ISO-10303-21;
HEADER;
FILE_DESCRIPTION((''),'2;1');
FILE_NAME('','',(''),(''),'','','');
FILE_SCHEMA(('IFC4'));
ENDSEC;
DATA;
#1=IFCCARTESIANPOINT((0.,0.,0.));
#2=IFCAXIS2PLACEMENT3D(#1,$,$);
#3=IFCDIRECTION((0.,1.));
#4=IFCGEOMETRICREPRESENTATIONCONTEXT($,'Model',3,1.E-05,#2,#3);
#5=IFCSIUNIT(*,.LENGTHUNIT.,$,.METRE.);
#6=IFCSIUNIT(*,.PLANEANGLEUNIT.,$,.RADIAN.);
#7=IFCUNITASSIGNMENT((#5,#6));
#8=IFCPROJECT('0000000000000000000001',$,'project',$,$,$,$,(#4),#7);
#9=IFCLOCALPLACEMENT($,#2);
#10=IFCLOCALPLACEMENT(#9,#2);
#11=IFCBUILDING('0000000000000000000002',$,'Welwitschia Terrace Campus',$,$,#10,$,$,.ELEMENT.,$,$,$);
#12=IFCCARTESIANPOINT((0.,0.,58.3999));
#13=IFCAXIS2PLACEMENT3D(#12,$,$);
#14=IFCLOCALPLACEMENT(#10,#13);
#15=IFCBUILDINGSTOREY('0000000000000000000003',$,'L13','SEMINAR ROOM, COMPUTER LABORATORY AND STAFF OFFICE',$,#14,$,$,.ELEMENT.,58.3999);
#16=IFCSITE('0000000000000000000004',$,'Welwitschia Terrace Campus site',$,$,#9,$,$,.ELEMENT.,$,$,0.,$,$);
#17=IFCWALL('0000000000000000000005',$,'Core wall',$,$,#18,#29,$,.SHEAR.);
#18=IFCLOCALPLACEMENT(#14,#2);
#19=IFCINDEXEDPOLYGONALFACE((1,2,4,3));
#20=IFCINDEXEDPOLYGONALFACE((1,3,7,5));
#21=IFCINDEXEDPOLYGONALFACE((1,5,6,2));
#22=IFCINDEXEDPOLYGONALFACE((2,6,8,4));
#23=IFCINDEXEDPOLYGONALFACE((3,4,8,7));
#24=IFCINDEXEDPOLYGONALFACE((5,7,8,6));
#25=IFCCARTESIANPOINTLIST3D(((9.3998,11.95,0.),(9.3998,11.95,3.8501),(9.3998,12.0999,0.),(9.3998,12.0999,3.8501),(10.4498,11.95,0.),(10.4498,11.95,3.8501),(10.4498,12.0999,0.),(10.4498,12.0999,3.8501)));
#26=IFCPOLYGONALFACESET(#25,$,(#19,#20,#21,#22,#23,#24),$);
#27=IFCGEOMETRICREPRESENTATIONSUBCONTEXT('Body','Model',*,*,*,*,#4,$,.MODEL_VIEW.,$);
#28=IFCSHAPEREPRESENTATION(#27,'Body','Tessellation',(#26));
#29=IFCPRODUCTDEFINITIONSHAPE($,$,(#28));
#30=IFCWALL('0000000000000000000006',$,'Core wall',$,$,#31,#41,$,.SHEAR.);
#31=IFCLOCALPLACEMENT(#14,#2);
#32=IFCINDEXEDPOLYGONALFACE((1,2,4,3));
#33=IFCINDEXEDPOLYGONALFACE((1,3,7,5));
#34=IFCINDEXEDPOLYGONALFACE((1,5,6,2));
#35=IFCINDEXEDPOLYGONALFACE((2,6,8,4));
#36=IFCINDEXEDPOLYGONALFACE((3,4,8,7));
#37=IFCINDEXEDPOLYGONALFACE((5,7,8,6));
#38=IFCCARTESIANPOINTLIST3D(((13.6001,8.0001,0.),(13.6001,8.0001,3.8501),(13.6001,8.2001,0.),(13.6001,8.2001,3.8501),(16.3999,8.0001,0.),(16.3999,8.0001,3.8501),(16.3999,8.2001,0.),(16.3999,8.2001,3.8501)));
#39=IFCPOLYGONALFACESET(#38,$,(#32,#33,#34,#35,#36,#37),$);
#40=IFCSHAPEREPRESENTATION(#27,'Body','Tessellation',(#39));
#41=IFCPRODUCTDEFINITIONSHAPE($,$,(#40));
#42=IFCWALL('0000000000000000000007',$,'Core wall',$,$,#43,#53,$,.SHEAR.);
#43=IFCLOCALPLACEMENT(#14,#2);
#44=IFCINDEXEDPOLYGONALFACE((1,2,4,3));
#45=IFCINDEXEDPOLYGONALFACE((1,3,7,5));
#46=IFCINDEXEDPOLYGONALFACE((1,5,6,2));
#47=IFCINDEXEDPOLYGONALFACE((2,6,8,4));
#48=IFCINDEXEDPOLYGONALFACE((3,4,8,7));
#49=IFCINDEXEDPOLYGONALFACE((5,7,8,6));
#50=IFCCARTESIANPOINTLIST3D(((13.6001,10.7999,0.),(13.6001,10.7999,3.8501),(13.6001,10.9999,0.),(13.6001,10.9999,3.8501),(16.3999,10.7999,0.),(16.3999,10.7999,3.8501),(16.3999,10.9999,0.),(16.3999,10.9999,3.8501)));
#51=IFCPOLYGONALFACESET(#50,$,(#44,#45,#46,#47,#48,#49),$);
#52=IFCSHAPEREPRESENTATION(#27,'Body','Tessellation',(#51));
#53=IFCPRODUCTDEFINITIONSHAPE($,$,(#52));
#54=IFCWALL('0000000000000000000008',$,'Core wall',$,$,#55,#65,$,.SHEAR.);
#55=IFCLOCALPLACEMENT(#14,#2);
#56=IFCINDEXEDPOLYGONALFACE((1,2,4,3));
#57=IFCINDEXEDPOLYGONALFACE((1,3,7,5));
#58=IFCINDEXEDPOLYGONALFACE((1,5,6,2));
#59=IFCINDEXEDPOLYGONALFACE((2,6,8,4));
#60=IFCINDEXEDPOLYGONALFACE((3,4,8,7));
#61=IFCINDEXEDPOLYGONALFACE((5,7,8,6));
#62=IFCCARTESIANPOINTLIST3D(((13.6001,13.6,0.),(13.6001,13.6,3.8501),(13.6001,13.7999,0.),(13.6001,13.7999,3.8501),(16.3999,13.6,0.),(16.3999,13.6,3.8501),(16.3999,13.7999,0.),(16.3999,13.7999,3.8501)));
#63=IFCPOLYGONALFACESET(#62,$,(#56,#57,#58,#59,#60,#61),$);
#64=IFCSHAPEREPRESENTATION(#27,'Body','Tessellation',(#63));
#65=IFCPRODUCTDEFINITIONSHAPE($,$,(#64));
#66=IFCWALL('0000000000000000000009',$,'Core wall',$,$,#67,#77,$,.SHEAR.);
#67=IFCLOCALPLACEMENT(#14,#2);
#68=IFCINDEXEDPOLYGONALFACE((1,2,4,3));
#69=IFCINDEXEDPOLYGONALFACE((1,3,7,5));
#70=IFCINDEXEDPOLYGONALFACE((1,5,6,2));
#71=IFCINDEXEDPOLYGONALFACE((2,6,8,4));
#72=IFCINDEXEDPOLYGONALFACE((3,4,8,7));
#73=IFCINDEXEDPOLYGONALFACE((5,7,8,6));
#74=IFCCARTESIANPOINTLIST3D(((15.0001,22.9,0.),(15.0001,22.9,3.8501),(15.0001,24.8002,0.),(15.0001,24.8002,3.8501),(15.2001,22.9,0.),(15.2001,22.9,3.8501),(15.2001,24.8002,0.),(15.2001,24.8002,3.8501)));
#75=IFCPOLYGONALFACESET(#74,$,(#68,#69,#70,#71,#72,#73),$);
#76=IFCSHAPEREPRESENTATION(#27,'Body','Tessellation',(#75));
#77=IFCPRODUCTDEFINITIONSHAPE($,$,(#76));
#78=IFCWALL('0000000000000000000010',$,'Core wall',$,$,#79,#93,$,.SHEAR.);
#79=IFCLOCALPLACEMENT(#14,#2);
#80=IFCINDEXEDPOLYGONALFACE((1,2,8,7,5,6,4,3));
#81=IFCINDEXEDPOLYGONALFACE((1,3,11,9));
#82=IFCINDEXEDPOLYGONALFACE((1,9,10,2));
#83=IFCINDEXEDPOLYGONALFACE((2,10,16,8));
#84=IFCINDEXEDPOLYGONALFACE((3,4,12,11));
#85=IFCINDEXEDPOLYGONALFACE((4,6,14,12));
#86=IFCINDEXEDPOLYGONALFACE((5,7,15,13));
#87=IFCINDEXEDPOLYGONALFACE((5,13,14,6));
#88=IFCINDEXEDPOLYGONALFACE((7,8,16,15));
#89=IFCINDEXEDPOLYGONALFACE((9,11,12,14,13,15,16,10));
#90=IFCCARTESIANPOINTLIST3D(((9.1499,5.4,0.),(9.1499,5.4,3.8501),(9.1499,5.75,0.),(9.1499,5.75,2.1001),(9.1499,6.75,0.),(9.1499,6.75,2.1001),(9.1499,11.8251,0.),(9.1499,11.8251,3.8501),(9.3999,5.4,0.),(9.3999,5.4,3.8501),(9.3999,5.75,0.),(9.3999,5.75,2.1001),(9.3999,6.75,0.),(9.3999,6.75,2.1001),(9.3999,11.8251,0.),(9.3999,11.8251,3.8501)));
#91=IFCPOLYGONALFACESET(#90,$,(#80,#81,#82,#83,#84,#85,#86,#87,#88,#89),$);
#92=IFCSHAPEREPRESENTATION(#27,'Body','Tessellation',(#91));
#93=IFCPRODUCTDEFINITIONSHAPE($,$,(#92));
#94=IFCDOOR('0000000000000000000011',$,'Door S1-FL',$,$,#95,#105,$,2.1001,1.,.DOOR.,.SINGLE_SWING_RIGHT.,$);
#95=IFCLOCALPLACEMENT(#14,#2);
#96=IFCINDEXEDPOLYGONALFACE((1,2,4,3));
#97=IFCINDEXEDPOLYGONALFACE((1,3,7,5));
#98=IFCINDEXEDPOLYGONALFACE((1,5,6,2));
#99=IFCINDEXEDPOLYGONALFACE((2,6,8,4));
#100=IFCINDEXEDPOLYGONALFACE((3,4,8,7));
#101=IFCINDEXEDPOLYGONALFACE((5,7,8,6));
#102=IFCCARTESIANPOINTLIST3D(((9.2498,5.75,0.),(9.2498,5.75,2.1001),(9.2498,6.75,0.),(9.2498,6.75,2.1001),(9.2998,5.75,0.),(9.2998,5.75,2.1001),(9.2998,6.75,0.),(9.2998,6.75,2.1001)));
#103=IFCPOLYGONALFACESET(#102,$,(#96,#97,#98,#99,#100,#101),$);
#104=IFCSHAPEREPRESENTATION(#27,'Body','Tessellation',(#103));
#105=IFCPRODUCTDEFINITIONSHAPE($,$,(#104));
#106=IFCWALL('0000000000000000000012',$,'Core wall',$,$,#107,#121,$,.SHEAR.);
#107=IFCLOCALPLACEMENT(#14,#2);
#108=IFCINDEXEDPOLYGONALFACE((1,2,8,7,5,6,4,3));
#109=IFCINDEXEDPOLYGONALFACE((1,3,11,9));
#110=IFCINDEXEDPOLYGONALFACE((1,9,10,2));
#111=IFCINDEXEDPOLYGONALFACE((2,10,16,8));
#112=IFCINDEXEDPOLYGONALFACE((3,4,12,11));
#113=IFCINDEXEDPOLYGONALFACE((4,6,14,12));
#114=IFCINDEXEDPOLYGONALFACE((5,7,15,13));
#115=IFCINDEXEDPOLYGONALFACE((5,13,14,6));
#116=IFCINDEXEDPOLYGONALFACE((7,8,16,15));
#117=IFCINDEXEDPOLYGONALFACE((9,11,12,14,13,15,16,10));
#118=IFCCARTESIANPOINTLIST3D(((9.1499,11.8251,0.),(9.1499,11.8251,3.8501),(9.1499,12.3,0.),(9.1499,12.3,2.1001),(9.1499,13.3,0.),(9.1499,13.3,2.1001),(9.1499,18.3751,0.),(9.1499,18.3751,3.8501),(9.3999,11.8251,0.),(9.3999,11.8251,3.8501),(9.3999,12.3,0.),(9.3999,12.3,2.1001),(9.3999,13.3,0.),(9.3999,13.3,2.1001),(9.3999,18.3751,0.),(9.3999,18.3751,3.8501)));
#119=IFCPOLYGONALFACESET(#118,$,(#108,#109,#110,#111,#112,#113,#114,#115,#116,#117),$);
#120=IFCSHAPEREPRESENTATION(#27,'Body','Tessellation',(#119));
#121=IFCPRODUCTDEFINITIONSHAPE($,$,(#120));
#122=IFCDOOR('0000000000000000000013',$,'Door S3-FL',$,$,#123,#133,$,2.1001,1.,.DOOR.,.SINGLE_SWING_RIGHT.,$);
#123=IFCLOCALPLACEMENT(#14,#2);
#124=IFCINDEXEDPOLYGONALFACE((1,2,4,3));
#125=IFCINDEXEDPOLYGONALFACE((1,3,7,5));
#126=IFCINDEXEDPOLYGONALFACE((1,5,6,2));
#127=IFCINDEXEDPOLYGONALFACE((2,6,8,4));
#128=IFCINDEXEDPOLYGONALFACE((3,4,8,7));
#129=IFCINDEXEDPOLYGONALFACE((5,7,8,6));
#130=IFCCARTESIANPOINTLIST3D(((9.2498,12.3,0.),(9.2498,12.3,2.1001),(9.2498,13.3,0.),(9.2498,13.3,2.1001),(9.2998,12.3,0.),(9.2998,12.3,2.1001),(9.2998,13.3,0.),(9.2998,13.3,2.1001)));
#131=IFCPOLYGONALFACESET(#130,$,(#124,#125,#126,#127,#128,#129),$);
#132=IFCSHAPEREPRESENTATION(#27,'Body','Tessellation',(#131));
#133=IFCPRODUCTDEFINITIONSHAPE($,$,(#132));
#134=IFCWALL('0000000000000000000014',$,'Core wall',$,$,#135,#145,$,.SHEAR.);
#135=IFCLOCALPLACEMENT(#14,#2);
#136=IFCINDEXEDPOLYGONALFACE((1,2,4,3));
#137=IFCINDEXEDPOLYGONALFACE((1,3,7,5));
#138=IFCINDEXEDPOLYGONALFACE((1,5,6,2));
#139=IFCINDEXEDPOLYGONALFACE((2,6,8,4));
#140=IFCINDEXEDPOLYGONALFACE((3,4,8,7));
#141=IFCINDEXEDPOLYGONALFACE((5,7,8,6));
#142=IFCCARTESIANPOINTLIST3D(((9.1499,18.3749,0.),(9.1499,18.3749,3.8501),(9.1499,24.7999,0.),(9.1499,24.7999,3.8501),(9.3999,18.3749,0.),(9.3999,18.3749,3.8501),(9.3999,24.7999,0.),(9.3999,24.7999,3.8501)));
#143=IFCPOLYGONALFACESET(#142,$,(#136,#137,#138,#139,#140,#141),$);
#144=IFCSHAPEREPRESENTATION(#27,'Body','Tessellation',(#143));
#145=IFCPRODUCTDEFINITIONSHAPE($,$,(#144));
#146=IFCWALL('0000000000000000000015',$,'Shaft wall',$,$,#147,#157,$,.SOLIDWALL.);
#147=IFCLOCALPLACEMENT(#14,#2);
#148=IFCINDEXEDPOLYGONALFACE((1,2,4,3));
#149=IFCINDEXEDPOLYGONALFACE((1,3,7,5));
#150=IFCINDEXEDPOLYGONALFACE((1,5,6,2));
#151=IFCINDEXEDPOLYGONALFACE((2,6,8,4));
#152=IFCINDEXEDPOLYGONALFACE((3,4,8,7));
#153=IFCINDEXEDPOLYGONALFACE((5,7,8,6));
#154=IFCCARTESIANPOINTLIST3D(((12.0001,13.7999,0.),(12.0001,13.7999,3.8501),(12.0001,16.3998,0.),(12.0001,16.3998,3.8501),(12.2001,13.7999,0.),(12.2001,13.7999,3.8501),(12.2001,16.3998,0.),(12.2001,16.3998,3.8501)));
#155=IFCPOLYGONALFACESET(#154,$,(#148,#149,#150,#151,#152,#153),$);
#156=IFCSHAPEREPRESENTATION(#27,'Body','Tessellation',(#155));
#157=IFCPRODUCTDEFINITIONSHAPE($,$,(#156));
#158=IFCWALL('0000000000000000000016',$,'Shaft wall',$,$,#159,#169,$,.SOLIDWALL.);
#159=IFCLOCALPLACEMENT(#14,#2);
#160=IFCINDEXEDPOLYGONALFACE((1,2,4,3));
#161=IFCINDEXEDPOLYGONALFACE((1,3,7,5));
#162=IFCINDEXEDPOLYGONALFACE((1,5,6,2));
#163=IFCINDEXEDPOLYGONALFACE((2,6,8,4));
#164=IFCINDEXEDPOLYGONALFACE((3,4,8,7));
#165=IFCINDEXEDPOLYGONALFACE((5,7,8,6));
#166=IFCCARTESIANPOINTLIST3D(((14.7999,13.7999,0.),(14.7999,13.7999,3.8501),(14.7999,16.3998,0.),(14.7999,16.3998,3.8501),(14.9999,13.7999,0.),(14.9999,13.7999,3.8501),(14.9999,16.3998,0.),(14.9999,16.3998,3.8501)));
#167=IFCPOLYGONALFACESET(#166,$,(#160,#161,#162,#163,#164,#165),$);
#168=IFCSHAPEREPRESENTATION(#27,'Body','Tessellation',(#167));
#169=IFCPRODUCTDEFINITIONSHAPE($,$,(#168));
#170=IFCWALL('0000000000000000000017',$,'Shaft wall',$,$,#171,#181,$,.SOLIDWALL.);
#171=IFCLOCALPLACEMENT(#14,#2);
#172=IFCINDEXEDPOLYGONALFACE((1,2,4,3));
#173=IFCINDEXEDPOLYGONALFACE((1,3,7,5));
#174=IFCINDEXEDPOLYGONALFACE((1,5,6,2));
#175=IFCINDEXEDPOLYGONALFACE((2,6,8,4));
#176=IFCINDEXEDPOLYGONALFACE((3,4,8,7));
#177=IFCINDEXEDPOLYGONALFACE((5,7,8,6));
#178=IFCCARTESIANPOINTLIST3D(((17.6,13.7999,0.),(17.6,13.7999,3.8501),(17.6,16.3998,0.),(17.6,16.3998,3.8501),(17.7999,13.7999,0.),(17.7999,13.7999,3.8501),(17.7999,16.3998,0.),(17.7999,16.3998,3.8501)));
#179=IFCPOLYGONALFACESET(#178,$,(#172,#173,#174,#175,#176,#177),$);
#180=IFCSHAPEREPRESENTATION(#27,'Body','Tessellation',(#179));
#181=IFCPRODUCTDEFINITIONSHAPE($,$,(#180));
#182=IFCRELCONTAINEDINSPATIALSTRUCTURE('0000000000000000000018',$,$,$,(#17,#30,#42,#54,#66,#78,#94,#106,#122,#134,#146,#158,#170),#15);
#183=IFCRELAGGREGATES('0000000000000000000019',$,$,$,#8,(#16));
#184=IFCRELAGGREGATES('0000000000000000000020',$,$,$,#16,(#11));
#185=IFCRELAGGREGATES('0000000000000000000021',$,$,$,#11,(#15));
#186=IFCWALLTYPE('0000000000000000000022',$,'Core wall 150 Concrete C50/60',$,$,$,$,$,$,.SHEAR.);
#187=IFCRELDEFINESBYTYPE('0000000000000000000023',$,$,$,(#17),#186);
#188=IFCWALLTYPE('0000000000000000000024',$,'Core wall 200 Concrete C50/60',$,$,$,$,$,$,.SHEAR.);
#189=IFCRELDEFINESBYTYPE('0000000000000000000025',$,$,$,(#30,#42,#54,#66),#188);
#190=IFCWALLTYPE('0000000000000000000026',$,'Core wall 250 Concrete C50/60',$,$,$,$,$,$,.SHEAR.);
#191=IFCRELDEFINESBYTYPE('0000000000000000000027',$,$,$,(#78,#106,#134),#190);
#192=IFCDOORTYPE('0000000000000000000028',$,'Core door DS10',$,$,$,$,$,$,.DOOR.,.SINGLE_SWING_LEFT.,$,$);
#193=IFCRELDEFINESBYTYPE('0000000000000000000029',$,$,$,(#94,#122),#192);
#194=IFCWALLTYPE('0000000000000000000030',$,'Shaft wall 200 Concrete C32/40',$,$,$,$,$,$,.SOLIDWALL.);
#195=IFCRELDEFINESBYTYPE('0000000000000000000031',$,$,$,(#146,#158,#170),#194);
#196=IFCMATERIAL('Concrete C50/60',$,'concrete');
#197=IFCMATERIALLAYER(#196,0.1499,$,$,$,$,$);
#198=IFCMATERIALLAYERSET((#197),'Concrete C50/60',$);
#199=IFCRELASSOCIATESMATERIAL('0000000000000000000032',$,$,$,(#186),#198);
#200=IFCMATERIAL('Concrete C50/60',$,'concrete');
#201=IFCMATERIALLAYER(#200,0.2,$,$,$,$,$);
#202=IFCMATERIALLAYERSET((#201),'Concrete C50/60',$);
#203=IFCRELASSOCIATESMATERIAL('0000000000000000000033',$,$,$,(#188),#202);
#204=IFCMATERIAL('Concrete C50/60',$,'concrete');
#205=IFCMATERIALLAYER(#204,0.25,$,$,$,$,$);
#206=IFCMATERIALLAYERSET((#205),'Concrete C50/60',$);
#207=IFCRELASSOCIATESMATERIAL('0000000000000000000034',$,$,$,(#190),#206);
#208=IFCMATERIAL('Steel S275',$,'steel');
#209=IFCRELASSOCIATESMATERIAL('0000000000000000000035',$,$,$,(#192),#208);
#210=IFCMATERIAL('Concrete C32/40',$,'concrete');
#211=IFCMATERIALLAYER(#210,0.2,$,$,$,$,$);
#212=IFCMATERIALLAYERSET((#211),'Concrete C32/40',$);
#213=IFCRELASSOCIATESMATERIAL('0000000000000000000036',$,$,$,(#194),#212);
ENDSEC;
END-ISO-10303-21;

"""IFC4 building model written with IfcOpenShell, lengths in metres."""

from ifc_helpers import new_model, si_unit, direction, frame, frame_2d, origin, place, context, subcontext, project, spatial, rectangle, extrude, material, layer, layer_set, type_object, element, fill, save


model = new_model("IFC4")

# Units and contexts
model_context = context("Model", 3, precision=1e-05, world=origin(), true_north=direction((0.0, 1.0)))
body_context = subcontext(model_context, "Body", "Model", "MODEL_VIEW")
ifc_project = project(units=[si_unit("LENGTHUNIT", "METRE"), si_unit("PLANEANGLEUNIT", "RADIAN")], contexts=[model_context])

# Site, building, storey
site_placement = place(None, origin())
site = spatial("IfcSite", under=ifc_project, at=site_placement, Name="Welwitschia Terrace Campus site", CompositionType="ELEMENT", RefElevation=0.0)
building_placement = place(site_placement, origin())
building = spatial("IfcBuilding", under=site, at=building_placement, Name="Welwitschia Terrace Campus", CompositionType="ELEMENT")
storey_placement = place(building_placement, frame((0.0, 0.0, 58.3999)))
storey = spatial("IfcBuildingStorey", under=building, at=storey_placement, Name="L13", Description="SEMINAR ROOM, COMPUTER LABORATORY AND STAFF OFFICE", CompositionType="ELEMENT", Elevation=58.3999)

# Walls
ifc_material_1 = material(Name="Concrete C50/60", Category="concrete")
ifc_layer_1 = layer(ifc_material_1, 0.1499)
ifc_layer_set_1 = layer_set([ifc_layer_1], Name="Concrete C50/60")
wall_type_1 = type_object("IfcWallType", Name="Core wall 150 Concrete C50/60", PredefinedType="SHEAR", material=ifc_layer_set_1)
for number, where, z_axis, x_axis, name in (
    (1, (9.3999, 12.0249, 0.0), (0.0, 0.0, 1.0), (1.0, 0.0, 0.0), "Core wall"),
):
    element("IfcWall", number, at=place(storey_placement, frame(where, z_axis=z_axis, x_axis=x_axis)), inside=storey, type_object=wall_type_1, Name=name, PredefinedType="SHEAR", context=body_context, shape_type="SweptSolid", body=[
        extrude(rectangle(XDim=1.05, YDim=0.1499, at=frame_2d((0.5249, 0.0))), origin(), (0.0, 0.0, 1.0), 3.8501),
    ])
ifc_material_2 = material(Name="Concrete C50/60", Category="concrete")
ifc_layer_2 = layer(ifc_material_2, 0.2)
ifc_layer_set_2 = layer_set([ifc_layer_2], Name="Concrete C50/60")
wall_type_2 = type_object("IfcWallType", Name="Core wall 200 Concrete C50/60", PredefinedType="SHEAR", material=ifc_layer_set_2)
for number, where, z_axis, x_axis, name in (
    (2, (13.6001, 8.1001, 0.0), (0.0, 0.0, 1.0), (1.0, 0.0, 0.0), "Core wall"),
    (3, (13.6001, 10.8999, 0.0), (0.0, 0.0, 1.0), (1.0, 0.0, 0.0), "Core wall"),
    (4, (13.6001, 13.7, 0.0), (0.0, 0.0, 1.0), (1.0, 0.0, 0.0), "Core wall"),
):
    element("IfcWall", number, at=place(storey_placement, frame(where, z_axis=z_axis, x_axis=x_axis)), inside=storey, type_object=wall_type_2, Name=name, PredefinedType="SHEAR", context=body_context, shape_type="SweptSolid", body=[
        extrude(rectangle(XDim=2.7998, YDim=0.2, at=frame_2d((1.3999, 0.0))), origin(), (0.0, 0.0, 1.0), 3.8501),
    ])
wall_1_placement = place(storey_placement, frame((15.1001, 22.8999, 0.0), z_axis=(0.0, 0.0, 1.0), x_axis=(0.0, 1.0, 0.0)))
element("IfcWall", 5, at=wall_1_placement, inside=storey, type_object=wall_type_2, Name="Core wall", PredefinedType="SHEAR", context=body_context, shape_type="SweptSolid", body=[
    extrude(rectangle(XDim=1.9001, YDim=0.2, at=frame_2d((0.9502, 0.0))), origin(), (0.0, 0.0, 1.0), 3.8501),
])

# Walls, openings, doors
ifc_material_3 = material(Name="Concrete C50/60", Category="concrete")
ifc_layer_3 = layer(ifc_material_3, 0.25)
ifc_layer_set_3 = layer_set([ifc_layer_3], Name="Concrete C50/60")
wall_type_3 = type_object("IfcWallType", Name="Core wall 250 Concrete C50/60", PredefinedType="SHEAR", material=ifc_layer_set_3)
wall_2_placement = place(storey_placement, frame((9.2749, 11.825, 0.0), z_axis=(0.0, 0.0, 1.0), x_axis=(0.0, -1.0, 0.0)))
wall_2 = element("IfcWall", 6, at=wall_2_placement, inside=storey, type_object=wall_type_3, Name="Core wall", PredefinedType="SHEAR", context=body_context, shape_type="SweptSolid", body=[
    extrude(rectangle(XDim=6.425, YDim=0.25, at=frame_2d((3.2124, 0.0))), origin(), (0.0, 0.0, 1.0), 3.8501),
])
opening_1_placement = place(wall_2_placement, frame((5.075, 0.0, 0.0)))
opening_1 = element("IfcOpeningElement", 7, at=opening_1_placement, cuts=wall_2, PredefinedType="OPENING", context=body_context, shape_type="SweptSolid", body=[
    extrude(rectangle(XDim=1.0, YDim=2.1001, at=frame_2d((0.5, 1.05))), frame((0.0, 0.135, 0.0), z_axis=(0.0, -1.0, 0.0), x_axis=(1.0, 0.0, 0.0)), (0.0, 0.0, 1.0), 0.27),
])
ifc_material_4 = material(Name="Steel S275", Category="steel")
door_type_1 = type_object("IfcDoorType", Name="Core door DS10", OperationType="SINGLE_SWING_LEFT", PredefinedType="DOOR", material=ifc_material_4)
door_1_placement = place(opening_1_placement, origin())
door_1 = element("IfcDoor", 8, at=door_1_placement, inside=storey, type_object=door_type_1, Name="Door S1-FL", OperationType="SINGLE_SWING_RIGHT", OverallHeight=2.1001, OverallWidth=1.0, PredefinedType="DOOR", context=body_context, shape_type="SweptSolid", body=[
    extrude(rectangle(XDim=1.0, YDim=2.1001, at=frame_2d((0.5, 1.05))), frame((0.0, 0.0249, 0.0), z_axis=(0.0, -1.0, 0.0), x_axis=(1.0, 0.0, 0.0)), (0.0, 0.0, 1.0), 0.05),
])
fill(opening_1, door_1)
wall_3_placement = place(storey_placement, frame((9.2749, 18.375, 0.0), z_axis=(0.0, 0.0, 1.0), x_axis=(0.0, -1.0, 0.0)))
wall_3 = element("IfcWall", 9, at=wall_3_placement, inside=storey, type_object=wall_type_3, Name="Core wall", PredefinedType="SHEAR", context=body_context, shape_type="SweptSolid", body=[
    extrude(rectangle(XDim=6.55, YDim=0.25, at=frame_2d((3.2749, 0.0))), origin(), (0.0, 0.0, 1.0), 3.8501),
])
opening_2_placement = place(wall_3_placement, frame((5.075, 0.0, 0.0)))
opening_2 = element("IfcOpeningElement", 10, at=opening_2_placement, cuts=wall_3, PredefinedType="OPENING", context=body_context, shape_type="SweptSolid", body=[
    extrude(rectangle(XDim=1.0, YDim=2.1001, at=frame_2d((0.5, 1.05))), frame((0.0, 0.135, 0.0), z_axis=(0.0, -1.0, 0.0), x_axis=(1.0, 0.0, 0.0)), (0.0, 0.0, 1.0), 0.27),
])
door_2_placement = place(opening_2_placement, origin())
door_2 = element("IfcDoor", 11, at=door_2_placement, inside=storey, type_object=door_type_1, Name="Door S3-FL", OperationType="SINGLE_SWING_RIGHT", OverallHeight=2.1001, OverallWidth=1.0, PredefinedType="DOOR", context=body_context, shape_type="SweptSolid", body=[
    extrude(rectangle(XDim=1.0, YDim=2.1001, at=frame_2d((0.5, 1.05))), frame((0.0, 0.0249, 0.0), z_axis=(0.0, -1.0, 0.0), x_axis=(1.0, 0.0, 0.0)), (0.0, 0.0, 1.0), 0.05),
])
fill(opening_2, door_2)

# Walls
wall_4_placement = place(storey_placement, frame((9.2749, 18.375, 0.0), z_axis=(0.0, 0.0, 1.0), x_axis=(0.0, 1.0, 0.0)))
element("IfcWall", 12, at=wall_4_placement, inside=storey, type_object=wall_type_3, Name="Core wall", PredefinedType="SHEAR", context=body_context, shape_type="SweptSolid", body=[
    extrude(rectangle(XDim=6.425, YDim=0.25, at=frame_2d((3.2124, 0.0))), origin(), (0.0, 0.0, 1.0), 3.8501),
])
ifc_material_5 = material(Name="Concrete C32/40", Category="concrete")
ifc_layer_4 = layer(ifc_material_5, 0.2)
ifc_layer_set_4 = layer_set([ifc_layer_4], Name="Concrete C32/40")
wall_type_4 = type_object("IfcWallType", Name="Shaft wall 200 Concrete C32/40", PredefinedType="SOLIDWALL", material=ifc_layer_set_4)
for number, where, z_axis, x_axis, name in (
    (13, (12.1001, 13.8, 0.0), (0.0, 0.0, 1.0), (0.0, 1.0, 0.0), "Shaft wall"),
    (14, (14.8999, 13.8, 0.0), (0.0, 0.0, 1.0), (0.0, 1.0, 0.0), "Shaft wall"),
    (15, (17.7, 13.8, 0.0), (0.0, 0.0, 1.0), (0.0, 1.0, 0.0), "Shaft wall"),
):
    element("IfcWall", number, at=place(storey_placement, frame(where, z_axis=z_axis, x_axis=x_axis)), inside=storey, type_object=wall_type_4, Name=name, PredefinedType="SOLIDWALL", context=body_context, shape_type="SweptSolid", body=[
        extrude(rectangle(XDim=2.5999, YDim=0.2, at=frame_2d((1.2998, 0.0))), origin(), (0.0, 0.0, 1.0), 3.8501),
    ])

save(model, "model.ifc")
